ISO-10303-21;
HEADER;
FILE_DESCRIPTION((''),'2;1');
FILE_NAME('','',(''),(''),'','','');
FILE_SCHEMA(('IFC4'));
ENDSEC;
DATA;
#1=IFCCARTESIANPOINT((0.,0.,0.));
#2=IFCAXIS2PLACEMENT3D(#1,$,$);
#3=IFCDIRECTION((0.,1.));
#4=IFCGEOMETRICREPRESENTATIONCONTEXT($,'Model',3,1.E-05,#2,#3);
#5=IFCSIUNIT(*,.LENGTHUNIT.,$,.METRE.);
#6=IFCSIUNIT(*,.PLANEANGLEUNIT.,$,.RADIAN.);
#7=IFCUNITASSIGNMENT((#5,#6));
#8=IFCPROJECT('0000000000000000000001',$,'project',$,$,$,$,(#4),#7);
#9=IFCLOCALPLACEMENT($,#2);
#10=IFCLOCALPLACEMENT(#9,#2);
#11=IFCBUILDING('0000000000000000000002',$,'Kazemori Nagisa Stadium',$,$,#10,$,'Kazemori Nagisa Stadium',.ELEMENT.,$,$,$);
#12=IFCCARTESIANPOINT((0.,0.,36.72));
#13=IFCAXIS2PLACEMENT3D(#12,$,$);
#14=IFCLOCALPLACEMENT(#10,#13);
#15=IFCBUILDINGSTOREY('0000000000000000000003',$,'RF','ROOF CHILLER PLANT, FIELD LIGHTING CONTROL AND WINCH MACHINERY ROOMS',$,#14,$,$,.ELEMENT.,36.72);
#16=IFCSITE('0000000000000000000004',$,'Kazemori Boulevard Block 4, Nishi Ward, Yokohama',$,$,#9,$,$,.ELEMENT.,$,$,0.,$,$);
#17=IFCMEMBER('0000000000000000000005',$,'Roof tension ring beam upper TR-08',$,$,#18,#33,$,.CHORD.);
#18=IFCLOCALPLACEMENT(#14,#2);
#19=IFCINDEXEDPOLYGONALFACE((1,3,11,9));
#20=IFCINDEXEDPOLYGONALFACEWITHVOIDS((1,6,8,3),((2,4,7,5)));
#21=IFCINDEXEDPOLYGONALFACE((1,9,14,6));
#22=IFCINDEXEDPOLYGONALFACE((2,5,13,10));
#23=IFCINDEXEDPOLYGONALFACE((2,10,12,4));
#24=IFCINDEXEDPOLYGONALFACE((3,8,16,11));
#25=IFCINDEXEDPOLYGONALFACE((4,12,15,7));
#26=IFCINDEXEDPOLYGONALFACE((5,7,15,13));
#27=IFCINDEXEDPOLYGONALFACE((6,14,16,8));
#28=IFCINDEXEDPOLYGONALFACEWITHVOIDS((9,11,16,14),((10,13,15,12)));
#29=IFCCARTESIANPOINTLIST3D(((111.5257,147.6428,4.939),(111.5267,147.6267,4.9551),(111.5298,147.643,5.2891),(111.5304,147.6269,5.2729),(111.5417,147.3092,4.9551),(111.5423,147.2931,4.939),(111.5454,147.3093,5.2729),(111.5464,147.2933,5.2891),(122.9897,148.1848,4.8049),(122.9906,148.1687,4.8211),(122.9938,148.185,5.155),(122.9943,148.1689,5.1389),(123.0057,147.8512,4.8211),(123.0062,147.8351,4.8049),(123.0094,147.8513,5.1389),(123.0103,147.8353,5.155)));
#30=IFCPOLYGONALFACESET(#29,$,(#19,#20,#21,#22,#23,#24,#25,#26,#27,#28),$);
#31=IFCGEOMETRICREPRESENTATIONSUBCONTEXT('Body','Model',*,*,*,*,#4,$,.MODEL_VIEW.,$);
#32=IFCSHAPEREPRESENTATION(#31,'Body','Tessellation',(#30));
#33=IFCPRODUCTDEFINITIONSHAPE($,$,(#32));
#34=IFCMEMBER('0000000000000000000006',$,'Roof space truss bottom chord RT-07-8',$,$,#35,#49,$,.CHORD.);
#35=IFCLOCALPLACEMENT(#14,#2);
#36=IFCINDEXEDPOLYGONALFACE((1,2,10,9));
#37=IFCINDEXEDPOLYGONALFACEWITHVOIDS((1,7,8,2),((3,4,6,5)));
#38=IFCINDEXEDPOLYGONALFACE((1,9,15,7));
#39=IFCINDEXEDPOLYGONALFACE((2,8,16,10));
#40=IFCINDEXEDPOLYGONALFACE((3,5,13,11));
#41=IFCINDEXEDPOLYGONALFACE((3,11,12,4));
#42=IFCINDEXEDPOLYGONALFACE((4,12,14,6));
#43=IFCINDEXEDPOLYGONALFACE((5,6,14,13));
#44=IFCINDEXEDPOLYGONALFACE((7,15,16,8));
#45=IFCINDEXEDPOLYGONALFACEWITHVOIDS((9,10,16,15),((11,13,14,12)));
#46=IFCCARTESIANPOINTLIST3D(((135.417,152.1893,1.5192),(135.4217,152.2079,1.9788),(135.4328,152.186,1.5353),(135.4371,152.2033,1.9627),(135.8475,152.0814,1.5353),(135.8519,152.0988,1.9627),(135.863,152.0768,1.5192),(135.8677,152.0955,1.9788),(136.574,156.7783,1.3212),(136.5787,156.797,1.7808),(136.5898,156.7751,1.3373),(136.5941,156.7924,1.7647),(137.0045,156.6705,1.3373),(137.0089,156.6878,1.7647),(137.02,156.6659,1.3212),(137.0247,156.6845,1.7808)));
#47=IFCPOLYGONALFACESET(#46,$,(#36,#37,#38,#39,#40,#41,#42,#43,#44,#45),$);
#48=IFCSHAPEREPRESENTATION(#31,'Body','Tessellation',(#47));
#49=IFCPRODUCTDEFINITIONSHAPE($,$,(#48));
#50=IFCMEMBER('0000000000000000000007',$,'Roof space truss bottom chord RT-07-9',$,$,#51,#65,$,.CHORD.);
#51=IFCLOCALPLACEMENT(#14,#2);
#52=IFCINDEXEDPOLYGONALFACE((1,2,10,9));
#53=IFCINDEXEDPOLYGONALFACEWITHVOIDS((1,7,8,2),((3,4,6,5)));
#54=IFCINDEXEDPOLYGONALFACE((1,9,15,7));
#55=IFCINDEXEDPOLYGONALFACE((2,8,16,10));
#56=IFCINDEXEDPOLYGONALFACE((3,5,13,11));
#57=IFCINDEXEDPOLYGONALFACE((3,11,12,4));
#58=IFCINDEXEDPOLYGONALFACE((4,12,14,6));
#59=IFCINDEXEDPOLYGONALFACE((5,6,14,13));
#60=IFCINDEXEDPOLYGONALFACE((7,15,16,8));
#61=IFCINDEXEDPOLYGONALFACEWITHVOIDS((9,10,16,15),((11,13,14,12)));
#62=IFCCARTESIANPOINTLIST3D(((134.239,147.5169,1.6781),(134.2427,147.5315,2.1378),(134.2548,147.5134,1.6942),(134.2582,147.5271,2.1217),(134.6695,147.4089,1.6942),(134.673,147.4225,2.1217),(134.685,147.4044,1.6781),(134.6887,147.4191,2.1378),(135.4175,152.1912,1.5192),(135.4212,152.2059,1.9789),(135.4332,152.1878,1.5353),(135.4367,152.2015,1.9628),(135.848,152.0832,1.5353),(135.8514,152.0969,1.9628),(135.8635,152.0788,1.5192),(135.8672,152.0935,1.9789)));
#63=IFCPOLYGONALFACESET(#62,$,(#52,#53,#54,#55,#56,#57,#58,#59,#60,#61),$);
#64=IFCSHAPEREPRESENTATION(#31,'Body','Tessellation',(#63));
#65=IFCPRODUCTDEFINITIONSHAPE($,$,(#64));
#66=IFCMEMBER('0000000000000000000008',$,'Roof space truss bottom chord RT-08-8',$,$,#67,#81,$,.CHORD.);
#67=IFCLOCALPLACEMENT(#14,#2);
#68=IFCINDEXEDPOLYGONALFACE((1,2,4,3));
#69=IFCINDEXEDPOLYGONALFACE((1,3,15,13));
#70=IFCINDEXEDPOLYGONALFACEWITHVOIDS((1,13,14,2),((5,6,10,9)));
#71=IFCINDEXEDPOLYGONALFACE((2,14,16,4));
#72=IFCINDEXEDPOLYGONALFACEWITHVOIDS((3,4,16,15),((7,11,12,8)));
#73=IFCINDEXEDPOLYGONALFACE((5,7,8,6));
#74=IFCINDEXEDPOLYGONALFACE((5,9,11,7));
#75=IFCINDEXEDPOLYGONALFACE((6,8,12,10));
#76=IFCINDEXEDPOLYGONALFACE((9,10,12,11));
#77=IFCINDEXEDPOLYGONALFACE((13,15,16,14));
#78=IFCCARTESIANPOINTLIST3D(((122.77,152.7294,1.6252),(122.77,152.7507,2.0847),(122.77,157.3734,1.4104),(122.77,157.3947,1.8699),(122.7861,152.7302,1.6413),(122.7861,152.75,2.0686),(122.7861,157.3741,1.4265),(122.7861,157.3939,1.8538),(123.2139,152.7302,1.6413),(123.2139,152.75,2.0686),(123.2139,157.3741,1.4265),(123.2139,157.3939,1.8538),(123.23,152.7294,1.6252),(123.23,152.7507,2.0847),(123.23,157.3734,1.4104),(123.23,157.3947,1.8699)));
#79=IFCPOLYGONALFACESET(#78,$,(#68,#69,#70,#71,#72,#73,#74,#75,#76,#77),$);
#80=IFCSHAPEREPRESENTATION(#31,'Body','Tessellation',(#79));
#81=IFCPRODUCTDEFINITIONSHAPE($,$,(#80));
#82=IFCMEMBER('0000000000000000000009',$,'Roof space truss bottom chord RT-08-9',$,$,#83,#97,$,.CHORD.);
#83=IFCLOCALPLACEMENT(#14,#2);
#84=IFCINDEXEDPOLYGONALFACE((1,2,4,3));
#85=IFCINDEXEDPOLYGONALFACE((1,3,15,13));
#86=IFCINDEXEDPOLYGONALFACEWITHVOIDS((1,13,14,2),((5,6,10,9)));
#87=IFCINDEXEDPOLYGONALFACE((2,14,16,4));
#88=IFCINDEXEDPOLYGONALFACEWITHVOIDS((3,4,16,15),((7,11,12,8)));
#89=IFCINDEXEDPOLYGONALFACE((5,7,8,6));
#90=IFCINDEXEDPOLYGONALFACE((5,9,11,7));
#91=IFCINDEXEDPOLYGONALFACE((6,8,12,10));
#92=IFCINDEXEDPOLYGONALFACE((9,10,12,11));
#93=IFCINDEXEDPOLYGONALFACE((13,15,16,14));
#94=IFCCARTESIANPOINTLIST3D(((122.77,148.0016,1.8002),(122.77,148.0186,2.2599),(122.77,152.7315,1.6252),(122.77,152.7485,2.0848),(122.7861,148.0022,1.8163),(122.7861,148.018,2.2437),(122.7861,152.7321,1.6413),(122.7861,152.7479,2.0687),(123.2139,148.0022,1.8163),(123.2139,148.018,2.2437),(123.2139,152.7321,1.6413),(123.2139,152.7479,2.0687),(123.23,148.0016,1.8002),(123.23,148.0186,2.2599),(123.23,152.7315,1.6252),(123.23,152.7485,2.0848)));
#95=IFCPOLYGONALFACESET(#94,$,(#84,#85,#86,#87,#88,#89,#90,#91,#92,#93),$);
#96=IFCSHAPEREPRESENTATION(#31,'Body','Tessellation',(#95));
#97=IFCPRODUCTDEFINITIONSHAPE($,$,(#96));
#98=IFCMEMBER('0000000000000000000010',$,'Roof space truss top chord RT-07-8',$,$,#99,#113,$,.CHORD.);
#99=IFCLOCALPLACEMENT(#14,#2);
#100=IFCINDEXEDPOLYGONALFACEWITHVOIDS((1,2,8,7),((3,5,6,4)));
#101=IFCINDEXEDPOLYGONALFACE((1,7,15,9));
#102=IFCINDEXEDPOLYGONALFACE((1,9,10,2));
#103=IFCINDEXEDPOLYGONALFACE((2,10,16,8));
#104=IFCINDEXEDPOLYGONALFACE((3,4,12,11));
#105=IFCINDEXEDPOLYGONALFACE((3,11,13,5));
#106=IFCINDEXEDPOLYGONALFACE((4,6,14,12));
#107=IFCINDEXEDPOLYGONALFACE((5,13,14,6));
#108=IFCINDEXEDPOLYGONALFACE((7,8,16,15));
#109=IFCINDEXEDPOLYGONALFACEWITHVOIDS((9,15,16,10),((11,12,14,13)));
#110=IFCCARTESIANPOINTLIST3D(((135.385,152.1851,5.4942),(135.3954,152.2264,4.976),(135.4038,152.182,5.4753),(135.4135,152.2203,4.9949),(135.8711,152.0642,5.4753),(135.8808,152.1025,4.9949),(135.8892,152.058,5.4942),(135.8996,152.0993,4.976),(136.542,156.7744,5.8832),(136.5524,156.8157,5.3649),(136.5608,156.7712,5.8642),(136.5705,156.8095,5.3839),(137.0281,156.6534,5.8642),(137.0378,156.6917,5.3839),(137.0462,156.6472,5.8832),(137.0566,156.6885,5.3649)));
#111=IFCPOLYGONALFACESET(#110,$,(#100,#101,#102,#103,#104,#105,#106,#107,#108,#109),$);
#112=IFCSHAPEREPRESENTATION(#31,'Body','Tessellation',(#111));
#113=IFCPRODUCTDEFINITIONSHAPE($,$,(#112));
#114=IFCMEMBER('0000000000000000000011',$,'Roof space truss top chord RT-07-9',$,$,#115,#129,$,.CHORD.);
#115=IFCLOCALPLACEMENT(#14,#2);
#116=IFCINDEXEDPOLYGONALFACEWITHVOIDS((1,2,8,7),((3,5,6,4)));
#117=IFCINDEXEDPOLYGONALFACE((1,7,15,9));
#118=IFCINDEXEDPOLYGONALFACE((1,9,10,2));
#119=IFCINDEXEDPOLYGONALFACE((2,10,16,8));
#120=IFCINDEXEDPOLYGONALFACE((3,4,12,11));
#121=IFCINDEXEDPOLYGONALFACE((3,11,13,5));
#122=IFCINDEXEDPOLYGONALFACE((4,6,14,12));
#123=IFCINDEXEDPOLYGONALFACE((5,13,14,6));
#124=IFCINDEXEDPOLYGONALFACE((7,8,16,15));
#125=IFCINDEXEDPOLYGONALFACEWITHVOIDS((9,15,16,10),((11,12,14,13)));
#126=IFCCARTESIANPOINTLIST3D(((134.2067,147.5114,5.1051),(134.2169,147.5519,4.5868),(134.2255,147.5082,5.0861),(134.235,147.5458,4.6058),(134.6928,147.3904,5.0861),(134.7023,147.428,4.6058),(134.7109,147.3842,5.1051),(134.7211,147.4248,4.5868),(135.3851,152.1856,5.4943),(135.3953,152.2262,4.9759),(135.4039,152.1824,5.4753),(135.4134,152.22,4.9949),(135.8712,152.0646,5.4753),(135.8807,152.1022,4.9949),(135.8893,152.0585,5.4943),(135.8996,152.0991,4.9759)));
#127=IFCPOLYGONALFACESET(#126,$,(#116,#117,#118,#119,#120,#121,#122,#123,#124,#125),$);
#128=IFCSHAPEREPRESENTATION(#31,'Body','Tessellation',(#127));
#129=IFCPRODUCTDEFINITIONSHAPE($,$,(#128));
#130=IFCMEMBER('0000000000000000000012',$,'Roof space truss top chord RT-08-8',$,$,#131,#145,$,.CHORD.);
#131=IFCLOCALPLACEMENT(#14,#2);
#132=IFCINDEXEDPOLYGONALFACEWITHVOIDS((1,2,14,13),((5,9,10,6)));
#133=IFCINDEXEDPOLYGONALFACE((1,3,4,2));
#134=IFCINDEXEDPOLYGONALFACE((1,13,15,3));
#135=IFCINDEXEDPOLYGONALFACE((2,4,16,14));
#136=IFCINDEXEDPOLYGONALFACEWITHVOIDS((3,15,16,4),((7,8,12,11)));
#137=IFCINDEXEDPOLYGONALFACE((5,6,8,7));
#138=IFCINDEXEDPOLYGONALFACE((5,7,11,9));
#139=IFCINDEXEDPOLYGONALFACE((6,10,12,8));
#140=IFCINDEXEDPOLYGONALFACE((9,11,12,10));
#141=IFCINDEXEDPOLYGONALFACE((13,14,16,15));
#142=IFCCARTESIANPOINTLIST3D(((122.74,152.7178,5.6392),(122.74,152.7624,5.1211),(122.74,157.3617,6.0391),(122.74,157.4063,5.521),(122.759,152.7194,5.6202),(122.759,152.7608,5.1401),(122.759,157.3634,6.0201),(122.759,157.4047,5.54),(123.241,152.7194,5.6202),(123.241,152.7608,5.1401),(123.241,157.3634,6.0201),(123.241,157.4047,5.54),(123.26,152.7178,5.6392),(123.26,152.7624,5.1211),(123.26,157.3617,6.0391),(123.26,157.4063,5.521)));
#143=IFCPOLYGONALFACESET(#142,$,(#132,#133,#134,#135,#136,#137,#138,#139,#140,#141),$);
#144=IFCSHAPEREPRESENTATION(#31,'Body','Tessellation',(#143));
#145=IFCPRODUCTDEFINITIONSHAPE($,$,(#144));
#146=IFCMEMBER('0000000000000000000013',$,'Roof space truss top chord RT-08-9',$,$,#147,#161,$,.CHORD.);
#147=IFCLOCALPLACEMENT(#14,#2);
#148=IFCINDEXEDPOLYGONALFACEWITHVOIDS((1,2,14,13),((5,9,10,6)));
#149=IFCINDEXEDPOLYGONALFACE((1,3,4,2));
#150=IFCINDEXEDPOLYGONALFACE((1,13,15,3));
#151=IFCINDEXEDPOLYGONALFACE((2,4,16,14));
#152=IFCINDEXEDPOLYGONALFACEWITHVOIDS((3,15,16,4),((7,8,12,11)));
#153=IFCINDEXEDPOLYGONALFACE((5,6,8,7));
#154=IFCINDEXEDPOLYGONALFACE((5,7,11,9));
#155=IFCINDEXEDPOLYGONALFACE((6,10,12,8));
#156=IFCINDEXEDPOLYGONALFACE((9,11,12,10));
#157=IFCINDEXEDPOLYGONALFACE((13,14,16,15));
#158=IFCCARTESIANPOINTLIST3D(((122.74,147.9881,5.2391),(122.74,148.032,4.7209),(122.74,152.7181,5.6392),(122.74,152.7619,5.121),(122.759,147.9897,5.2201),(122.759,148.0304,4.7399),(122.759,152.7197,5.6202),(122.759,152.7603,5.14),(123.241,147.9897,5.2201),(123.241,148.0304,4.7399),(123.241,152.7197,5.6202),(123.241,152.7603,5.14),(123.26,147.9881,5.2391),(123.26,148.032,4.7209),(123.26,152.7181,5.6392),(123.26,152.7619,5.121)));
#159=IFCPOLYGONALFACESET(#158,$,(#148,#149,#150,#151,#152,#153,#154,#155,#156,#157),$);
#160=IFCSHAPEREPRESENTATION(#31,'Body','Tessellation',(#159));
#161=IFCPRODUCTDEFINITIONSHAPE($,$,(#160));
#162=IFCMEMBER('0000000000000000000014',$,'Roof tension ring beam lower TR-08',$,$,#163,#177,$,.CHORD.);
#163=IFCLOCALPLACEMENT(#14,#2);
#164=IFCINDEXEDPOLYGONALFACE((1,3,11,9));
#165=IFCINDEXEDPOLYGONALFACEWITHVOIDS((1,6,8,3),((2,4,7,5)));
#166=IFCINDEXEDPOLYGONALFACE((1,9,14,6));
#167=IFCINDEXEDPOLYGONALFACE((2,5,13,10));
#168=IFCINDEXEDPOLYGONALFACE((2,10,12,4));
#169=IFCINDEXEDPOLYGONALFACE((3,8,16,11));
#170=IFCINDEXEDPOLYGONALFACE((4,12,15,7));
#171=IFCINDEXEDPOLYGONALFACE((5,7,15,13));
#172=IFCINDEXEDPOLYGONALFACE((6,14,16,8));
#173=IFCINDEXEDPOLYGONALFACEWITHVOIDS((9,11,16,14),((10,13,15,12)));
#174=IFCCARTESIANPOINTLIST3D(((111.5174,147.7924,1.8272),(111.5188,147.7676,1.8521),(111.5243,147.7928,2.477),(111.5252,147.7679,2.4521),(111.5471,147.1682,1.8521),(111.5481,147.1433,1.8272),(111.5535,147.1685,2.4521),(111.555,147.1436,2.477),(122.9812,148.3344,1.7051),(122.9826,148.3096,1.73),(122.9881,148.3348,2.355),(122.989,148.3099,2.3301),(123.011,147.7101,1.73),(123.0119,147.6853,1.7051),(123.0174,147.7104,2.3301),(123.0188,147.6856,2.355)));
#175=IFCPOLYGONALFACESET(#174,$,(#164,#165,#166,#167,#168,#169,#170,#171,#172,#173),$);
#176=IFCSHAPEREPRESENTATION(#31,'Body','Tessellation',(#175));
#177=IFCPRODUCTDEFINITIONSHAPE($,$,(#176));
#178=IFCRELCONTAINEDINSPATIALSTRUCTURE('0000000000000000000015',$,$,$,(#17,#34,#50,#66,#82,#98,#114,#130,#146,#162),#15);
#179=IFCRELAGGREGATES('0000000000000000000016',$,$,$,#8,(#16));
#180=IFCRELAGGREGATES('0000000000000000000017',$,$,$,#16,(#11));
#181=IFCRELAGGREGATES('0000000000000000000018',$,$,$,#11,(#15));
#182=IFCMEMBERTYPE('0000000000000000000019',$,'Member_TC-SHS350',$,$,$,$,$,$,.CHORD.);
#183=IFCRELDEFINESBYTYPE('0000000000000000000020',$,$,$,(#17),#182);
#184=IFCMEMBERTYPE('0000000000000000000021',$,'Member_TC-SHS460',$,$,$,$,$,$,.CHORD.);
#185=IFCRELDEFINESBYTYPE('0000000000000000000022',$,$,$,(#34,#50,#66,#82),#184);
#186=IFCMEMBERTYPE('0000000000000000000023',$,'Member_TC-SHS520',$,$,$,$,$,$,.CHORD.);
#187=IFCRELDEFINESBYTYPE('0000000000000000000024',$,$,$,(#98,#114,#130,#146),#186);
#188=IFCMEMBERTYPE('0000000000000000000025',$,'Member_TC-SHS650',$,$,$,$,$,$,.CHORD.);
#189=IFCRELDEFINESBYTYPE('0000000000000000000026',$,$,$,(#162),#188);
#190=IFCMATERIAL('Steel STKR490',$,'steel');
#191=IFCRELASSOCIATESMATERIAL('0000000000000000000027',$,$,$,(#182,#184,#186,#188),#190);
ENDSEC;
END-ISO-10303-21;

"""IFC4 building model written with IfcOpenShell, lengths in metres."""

from ifc_helpers import new_model, si_unit, direction, frame, origin, origin_2d, place, context, subcontext, project, spatial, hollow_rectangle, extrude, material, material_profile, profile_set, type_object, element, save


model = new_model("IFC4")

# Units and contexts
model_context = context("Model", 3, precision=1e-05, world=origin(), true_north=direction((0.0, 1.0)))
body_context = subcontext(model_context, "Body", "Model", "MODEL_VIEW")
ifc_project = project(units=[si_unit("LENGTHUNIT", "METRE"), si_unit("PLANEANGLEUNIT", "RADIAN")], contexts=[model_context])

# Site, building, storey
site_placement = place(None, origin())
site = spatial("IfcSite", under=ifc_project, at=site_placement, Name="Kazemori Boulevard Block 4, Nishi Ward, Yokohama", CompositionType="ELEMENT", RefElevation=0.0)
building_placement = place(site_placement, origin())
building = spatial("IfcBuilding", under=site, at=building_placement, Name="Kazemori Nagisa Stadium", LongName="Kazemori Nagisa Stadium", CompositionType="ELEMENT")
storey_placement = place(building_placement, frame((0.0, 0.0, 36.72)))
storey = spatial("IfcBuildingStorey", under=building, at=storey_placement, Name="RF", Description="ROOF CHILLER PLANT, FIELD LIGHTING CONTROL AND WINCH MACHINERY ROOMS", CompositionType="ELEMENT", Elevation=36.72)

# Members
ifc_material = material(Name="Steel STKR490", Category="steel")
ifc_material_profile_1 = material_profile(ifc_material, hollow_rectangle(XDim=0.3501, YDim=0.3501, WallThickness=0.0161, at=origin_2d()), Name="SHS-350x350x16")
ifc_profile_set_1 = profile_set([ifc_material_profile_1], Name="Steel STKR490")
member_type_1 = type_object("IfcMemberType", Name="Member_TC-SHS350", PredefinedType="CHORD", material=ifc_profile_set_1)
member_1_placement = place(storey_placement, frame((123.0, 148.01, 4.98), z_axis=(-0.998816, -0.047222, 0.011678), x_axis=(0.047226, -0.998884, 0.0)))
element("IfcMember", 1, at=member_1_placement, inside=storey, type_object=member_type_1, Name="Roof tension ring beam upper TR-08", PredefinedType="CHORD", context=body_context, shape_type="SweptSolid", body=[
    extrude(hollow_rectangle(XDim=0.3501, YDim=0.3501, WallThickness=0.0161, at=origin_2d()), origin(), (0.0, 0.0, 1.0), 11.4775),
])
ifc_material_profile_2 = material_profile(ifc_material, hollow_rectangle(XDim=0.46, YDim=0.46, WallThickness=0.0161, at=origin_2d()), Name="SHS-460x460x16")
ifc_profile_set_2 = profile_set([ifc_material_profile_2], Name="Steel STKR490")
member_type_2 = type_object("IfcMemberType", Name="Member_TC-SHS460", PredefinedType="CHORD", material=ifc_profile_set_2)
member_2_placement = place(storey_placement, frame((136.7993, 156.7314, 1.551), z_axis=(-0.244251, -0.968811, 0.0418), x_axis=(0.969658, -0.244465, 0.0)))
element("IfcMember", 2, at=member_2_placement, inside=storey, type_object=member_type_2, Name="Roof space truss bottom chord RT-07-8", PredefinedType="CHORD", context=body_context, shape_type="SweptSolid", body=[
    extrude(hollow_rectangle(XDim=0.46, YDim=0.46, WallThickness=0.0161, at=origin_2d()), origin(), (0.0, 0.0, 1.0), 4.7368),
])
member_3_placement = place(storey_placement, frame((135.6423, 152.1423, 1.749), z_axis=(-0.244333, -0.969131, 0.032952), x_axis=(0.969658, -0.244466, 0.0)))
element("IfcMember", 3, at=member_3_placement, inside=storey, type_object=member_type_2, Name="Roof space truss bottom chord RT-07-9", PredefinedType="CHORD", context=body_context, shape_type="SweptSolid", body=[
    extrude(hollow_rectangle(XDim=0.46, YDim=0.46, WallThickness=0.0161, at=origin_2d()), origin(), (0.0, 0.0, 1.0), 4.8232),
])
member_4_placement = place(storey_placement, frame((123.0, 157.384, 1.6401), z_axis=(0.0, -0.998932, 0.046213), x_axis=(1.0, 0.0, 0.0)))
element("IfcMember", 4, at=member_4_placement, inside=storey, type_object=member_type_2, Name="Roof space truss bottom chord RT-08-8", PredefinedType="CHORD", context=body_context, shape_type="SweptSolid", body=[
    extrude(hollow_rectangle(XDim=0.46, YDim=0.46, WallThickness=0.0161, at=origin_2d()), origin(), (0.0, 0.0, 1.0), 4.6489),
])
member_5_placement = place(storey_placement, frame((123.0, 152.74, 1.855), z_axis=(0.0, -0.999316, 0.036983), x_axis=(1.0, 0.0, 0.0)))
element("IfcMember", 5, at=member_5_placement, inside=storey, type_object=member_type_2, Name="Roof space truss bottom chord RT-08-9", PredefinedType="CHORD", context=body_context, shape_type="SweptSolid", body=[
    extrude(hollow_rectangle(XDim=0.46, YDim=0.46, WallThickness=0.0161, at=origin_2d()), origin(), (0.0, 0.0, 1.0), 4.7332),
])
ifc_material_profile_3 = material_profile(ifc_material, hollow_rectangle(XDim=0.52, YDim=0.52, WallThickness=0.019, at=origin_2d()), Name="SHS-520x520x19")
ifc_profile_set_3 = profile_set([ifc_material_profile_3], Name="Steel STKR490")
member_type_3 = type_object("IfcMemberType", Name="Member_TC-SHS520", PredefinedType="CHORD", material=ifc_profile_set_3)
member_6_placement = place(storey_placement, frame((136.7993, 156.7314, 5.624), z_axis=(-0.243644, -0.966401, -0.0819), x_axis=(0.969658, -0.244465, 0.0)))
element("IfcMember", 6, at=member_6_placement, inside=storey, type_object=member_type_3, Name="Roof space truss top chord RT-07-8", PredefinedType="CHORD", context=body_context, shape_type="SweptSolid", body=[
    extrude(hollow_rectangle(XDim=0.52, YDim=0.52, WallThickness=0.019, at=origin_2d()), origin(), (0.0, 0.0, 1.0), 4.7488),
])
member_7_placement = place(storey_placement, frame((135.6423, 152.1423, 5.2351), z_axis=(-0.243673, -0.966514, -0.080467), x_axis=(0.969658, -0.244466, 0.0)))
element("IfcMember", 7, at=member_7_placement, inside=storey, type_object=member_type_3, Name="Roof space truss top chord RT-07-9", PredefinedType="CHORD", context=body_context, shape_type="SweptSolid", body=[
    extrude(hollow_rectangle(XDim=0.52, YDim=0.52, WallThickness=0.019, at=origin_2d()), origin(), (0.0, 0.0, 1.0), 4.8362),
])
member_8_placement = place(storey_placement, frame((123.0, 157.384, 5.78), z_axis=(0.0, -0.996313, -0.085793), x_axis=(1.0, 0.0, 0.0)))
element("IfcMember", 8, at=member_8_placement, inside=storey, type_object=member_type_3, Name="Roof space truss top chord RT-08-8", PredefinedType="CHORD", context=body_context, shape_type="SweptSolid", body=[
    extrude(hollow_rectangle(XDim=0.52, YDim=0.52, WallThickness=0.019, at=origin_2d()), origin(), (0.0, 0.0, 1.0), 4.6611),
])
member_9_placement = place(storey_placement, frame((123.0, 152.74, 5.3801), z_axis=(0.0, -0.996441, -0.084297), x_axis=(1.0, 0.0, 0.0)))
element("IfcMember", 9, at=member_9_placement, inside=storey, type_object=member_type_3, Name="Roof space truss top chord RT-08-9", PredefinedType="CHORD", context=body_context, shape_type="SweptSolid", body=[
    extrude(hollow_rectangle(XDim=0.52, YDim=0.52, WallThickness=0.019, at=origin_2d()), origin(), (0.0, 0.0, 1.0), 4.7468),
])
ifc_material_profile_4 = material_profile(ifc_material, hollow_rectangle(XDim=0.6499, YDim=0.6499, WallThickness=0.0249, at=origin_2d()), Name="SHS-650x650x25")
ifc_profile_set_4 = profile_set([ifc_material_profile_4], Name="Steel STKR490")
member_type_4 = type_object("IfcMemberType", Name="Member_TC-SHS650", PredefinedType="CHORD", material=ifc_profile_set_4)
member_10_placement = place(storey_placement, frame((123.0, 148.01, 2.03), z_axis=(-0.998828, -0.047223, 0.010636), x_axis=(0.047226, -0.998884, 0.0)))
element("IfcMember", 10, at=member_10_placement, inside=storey, type_object=member_type_4, Name="Roof tension ring beam lower TR-08", PredefinedType="CHORD", context=body_context, shape_type="SweptSolid", body=[
    extrude(hollow_rectangle(XDim=0.6499, YDim=0.6499, WallThickness=0.0249, at=origin_2d()), origin(), (0.0, 0.0, 1.0), 11.4773),
])

save(model, "model.ifc")
